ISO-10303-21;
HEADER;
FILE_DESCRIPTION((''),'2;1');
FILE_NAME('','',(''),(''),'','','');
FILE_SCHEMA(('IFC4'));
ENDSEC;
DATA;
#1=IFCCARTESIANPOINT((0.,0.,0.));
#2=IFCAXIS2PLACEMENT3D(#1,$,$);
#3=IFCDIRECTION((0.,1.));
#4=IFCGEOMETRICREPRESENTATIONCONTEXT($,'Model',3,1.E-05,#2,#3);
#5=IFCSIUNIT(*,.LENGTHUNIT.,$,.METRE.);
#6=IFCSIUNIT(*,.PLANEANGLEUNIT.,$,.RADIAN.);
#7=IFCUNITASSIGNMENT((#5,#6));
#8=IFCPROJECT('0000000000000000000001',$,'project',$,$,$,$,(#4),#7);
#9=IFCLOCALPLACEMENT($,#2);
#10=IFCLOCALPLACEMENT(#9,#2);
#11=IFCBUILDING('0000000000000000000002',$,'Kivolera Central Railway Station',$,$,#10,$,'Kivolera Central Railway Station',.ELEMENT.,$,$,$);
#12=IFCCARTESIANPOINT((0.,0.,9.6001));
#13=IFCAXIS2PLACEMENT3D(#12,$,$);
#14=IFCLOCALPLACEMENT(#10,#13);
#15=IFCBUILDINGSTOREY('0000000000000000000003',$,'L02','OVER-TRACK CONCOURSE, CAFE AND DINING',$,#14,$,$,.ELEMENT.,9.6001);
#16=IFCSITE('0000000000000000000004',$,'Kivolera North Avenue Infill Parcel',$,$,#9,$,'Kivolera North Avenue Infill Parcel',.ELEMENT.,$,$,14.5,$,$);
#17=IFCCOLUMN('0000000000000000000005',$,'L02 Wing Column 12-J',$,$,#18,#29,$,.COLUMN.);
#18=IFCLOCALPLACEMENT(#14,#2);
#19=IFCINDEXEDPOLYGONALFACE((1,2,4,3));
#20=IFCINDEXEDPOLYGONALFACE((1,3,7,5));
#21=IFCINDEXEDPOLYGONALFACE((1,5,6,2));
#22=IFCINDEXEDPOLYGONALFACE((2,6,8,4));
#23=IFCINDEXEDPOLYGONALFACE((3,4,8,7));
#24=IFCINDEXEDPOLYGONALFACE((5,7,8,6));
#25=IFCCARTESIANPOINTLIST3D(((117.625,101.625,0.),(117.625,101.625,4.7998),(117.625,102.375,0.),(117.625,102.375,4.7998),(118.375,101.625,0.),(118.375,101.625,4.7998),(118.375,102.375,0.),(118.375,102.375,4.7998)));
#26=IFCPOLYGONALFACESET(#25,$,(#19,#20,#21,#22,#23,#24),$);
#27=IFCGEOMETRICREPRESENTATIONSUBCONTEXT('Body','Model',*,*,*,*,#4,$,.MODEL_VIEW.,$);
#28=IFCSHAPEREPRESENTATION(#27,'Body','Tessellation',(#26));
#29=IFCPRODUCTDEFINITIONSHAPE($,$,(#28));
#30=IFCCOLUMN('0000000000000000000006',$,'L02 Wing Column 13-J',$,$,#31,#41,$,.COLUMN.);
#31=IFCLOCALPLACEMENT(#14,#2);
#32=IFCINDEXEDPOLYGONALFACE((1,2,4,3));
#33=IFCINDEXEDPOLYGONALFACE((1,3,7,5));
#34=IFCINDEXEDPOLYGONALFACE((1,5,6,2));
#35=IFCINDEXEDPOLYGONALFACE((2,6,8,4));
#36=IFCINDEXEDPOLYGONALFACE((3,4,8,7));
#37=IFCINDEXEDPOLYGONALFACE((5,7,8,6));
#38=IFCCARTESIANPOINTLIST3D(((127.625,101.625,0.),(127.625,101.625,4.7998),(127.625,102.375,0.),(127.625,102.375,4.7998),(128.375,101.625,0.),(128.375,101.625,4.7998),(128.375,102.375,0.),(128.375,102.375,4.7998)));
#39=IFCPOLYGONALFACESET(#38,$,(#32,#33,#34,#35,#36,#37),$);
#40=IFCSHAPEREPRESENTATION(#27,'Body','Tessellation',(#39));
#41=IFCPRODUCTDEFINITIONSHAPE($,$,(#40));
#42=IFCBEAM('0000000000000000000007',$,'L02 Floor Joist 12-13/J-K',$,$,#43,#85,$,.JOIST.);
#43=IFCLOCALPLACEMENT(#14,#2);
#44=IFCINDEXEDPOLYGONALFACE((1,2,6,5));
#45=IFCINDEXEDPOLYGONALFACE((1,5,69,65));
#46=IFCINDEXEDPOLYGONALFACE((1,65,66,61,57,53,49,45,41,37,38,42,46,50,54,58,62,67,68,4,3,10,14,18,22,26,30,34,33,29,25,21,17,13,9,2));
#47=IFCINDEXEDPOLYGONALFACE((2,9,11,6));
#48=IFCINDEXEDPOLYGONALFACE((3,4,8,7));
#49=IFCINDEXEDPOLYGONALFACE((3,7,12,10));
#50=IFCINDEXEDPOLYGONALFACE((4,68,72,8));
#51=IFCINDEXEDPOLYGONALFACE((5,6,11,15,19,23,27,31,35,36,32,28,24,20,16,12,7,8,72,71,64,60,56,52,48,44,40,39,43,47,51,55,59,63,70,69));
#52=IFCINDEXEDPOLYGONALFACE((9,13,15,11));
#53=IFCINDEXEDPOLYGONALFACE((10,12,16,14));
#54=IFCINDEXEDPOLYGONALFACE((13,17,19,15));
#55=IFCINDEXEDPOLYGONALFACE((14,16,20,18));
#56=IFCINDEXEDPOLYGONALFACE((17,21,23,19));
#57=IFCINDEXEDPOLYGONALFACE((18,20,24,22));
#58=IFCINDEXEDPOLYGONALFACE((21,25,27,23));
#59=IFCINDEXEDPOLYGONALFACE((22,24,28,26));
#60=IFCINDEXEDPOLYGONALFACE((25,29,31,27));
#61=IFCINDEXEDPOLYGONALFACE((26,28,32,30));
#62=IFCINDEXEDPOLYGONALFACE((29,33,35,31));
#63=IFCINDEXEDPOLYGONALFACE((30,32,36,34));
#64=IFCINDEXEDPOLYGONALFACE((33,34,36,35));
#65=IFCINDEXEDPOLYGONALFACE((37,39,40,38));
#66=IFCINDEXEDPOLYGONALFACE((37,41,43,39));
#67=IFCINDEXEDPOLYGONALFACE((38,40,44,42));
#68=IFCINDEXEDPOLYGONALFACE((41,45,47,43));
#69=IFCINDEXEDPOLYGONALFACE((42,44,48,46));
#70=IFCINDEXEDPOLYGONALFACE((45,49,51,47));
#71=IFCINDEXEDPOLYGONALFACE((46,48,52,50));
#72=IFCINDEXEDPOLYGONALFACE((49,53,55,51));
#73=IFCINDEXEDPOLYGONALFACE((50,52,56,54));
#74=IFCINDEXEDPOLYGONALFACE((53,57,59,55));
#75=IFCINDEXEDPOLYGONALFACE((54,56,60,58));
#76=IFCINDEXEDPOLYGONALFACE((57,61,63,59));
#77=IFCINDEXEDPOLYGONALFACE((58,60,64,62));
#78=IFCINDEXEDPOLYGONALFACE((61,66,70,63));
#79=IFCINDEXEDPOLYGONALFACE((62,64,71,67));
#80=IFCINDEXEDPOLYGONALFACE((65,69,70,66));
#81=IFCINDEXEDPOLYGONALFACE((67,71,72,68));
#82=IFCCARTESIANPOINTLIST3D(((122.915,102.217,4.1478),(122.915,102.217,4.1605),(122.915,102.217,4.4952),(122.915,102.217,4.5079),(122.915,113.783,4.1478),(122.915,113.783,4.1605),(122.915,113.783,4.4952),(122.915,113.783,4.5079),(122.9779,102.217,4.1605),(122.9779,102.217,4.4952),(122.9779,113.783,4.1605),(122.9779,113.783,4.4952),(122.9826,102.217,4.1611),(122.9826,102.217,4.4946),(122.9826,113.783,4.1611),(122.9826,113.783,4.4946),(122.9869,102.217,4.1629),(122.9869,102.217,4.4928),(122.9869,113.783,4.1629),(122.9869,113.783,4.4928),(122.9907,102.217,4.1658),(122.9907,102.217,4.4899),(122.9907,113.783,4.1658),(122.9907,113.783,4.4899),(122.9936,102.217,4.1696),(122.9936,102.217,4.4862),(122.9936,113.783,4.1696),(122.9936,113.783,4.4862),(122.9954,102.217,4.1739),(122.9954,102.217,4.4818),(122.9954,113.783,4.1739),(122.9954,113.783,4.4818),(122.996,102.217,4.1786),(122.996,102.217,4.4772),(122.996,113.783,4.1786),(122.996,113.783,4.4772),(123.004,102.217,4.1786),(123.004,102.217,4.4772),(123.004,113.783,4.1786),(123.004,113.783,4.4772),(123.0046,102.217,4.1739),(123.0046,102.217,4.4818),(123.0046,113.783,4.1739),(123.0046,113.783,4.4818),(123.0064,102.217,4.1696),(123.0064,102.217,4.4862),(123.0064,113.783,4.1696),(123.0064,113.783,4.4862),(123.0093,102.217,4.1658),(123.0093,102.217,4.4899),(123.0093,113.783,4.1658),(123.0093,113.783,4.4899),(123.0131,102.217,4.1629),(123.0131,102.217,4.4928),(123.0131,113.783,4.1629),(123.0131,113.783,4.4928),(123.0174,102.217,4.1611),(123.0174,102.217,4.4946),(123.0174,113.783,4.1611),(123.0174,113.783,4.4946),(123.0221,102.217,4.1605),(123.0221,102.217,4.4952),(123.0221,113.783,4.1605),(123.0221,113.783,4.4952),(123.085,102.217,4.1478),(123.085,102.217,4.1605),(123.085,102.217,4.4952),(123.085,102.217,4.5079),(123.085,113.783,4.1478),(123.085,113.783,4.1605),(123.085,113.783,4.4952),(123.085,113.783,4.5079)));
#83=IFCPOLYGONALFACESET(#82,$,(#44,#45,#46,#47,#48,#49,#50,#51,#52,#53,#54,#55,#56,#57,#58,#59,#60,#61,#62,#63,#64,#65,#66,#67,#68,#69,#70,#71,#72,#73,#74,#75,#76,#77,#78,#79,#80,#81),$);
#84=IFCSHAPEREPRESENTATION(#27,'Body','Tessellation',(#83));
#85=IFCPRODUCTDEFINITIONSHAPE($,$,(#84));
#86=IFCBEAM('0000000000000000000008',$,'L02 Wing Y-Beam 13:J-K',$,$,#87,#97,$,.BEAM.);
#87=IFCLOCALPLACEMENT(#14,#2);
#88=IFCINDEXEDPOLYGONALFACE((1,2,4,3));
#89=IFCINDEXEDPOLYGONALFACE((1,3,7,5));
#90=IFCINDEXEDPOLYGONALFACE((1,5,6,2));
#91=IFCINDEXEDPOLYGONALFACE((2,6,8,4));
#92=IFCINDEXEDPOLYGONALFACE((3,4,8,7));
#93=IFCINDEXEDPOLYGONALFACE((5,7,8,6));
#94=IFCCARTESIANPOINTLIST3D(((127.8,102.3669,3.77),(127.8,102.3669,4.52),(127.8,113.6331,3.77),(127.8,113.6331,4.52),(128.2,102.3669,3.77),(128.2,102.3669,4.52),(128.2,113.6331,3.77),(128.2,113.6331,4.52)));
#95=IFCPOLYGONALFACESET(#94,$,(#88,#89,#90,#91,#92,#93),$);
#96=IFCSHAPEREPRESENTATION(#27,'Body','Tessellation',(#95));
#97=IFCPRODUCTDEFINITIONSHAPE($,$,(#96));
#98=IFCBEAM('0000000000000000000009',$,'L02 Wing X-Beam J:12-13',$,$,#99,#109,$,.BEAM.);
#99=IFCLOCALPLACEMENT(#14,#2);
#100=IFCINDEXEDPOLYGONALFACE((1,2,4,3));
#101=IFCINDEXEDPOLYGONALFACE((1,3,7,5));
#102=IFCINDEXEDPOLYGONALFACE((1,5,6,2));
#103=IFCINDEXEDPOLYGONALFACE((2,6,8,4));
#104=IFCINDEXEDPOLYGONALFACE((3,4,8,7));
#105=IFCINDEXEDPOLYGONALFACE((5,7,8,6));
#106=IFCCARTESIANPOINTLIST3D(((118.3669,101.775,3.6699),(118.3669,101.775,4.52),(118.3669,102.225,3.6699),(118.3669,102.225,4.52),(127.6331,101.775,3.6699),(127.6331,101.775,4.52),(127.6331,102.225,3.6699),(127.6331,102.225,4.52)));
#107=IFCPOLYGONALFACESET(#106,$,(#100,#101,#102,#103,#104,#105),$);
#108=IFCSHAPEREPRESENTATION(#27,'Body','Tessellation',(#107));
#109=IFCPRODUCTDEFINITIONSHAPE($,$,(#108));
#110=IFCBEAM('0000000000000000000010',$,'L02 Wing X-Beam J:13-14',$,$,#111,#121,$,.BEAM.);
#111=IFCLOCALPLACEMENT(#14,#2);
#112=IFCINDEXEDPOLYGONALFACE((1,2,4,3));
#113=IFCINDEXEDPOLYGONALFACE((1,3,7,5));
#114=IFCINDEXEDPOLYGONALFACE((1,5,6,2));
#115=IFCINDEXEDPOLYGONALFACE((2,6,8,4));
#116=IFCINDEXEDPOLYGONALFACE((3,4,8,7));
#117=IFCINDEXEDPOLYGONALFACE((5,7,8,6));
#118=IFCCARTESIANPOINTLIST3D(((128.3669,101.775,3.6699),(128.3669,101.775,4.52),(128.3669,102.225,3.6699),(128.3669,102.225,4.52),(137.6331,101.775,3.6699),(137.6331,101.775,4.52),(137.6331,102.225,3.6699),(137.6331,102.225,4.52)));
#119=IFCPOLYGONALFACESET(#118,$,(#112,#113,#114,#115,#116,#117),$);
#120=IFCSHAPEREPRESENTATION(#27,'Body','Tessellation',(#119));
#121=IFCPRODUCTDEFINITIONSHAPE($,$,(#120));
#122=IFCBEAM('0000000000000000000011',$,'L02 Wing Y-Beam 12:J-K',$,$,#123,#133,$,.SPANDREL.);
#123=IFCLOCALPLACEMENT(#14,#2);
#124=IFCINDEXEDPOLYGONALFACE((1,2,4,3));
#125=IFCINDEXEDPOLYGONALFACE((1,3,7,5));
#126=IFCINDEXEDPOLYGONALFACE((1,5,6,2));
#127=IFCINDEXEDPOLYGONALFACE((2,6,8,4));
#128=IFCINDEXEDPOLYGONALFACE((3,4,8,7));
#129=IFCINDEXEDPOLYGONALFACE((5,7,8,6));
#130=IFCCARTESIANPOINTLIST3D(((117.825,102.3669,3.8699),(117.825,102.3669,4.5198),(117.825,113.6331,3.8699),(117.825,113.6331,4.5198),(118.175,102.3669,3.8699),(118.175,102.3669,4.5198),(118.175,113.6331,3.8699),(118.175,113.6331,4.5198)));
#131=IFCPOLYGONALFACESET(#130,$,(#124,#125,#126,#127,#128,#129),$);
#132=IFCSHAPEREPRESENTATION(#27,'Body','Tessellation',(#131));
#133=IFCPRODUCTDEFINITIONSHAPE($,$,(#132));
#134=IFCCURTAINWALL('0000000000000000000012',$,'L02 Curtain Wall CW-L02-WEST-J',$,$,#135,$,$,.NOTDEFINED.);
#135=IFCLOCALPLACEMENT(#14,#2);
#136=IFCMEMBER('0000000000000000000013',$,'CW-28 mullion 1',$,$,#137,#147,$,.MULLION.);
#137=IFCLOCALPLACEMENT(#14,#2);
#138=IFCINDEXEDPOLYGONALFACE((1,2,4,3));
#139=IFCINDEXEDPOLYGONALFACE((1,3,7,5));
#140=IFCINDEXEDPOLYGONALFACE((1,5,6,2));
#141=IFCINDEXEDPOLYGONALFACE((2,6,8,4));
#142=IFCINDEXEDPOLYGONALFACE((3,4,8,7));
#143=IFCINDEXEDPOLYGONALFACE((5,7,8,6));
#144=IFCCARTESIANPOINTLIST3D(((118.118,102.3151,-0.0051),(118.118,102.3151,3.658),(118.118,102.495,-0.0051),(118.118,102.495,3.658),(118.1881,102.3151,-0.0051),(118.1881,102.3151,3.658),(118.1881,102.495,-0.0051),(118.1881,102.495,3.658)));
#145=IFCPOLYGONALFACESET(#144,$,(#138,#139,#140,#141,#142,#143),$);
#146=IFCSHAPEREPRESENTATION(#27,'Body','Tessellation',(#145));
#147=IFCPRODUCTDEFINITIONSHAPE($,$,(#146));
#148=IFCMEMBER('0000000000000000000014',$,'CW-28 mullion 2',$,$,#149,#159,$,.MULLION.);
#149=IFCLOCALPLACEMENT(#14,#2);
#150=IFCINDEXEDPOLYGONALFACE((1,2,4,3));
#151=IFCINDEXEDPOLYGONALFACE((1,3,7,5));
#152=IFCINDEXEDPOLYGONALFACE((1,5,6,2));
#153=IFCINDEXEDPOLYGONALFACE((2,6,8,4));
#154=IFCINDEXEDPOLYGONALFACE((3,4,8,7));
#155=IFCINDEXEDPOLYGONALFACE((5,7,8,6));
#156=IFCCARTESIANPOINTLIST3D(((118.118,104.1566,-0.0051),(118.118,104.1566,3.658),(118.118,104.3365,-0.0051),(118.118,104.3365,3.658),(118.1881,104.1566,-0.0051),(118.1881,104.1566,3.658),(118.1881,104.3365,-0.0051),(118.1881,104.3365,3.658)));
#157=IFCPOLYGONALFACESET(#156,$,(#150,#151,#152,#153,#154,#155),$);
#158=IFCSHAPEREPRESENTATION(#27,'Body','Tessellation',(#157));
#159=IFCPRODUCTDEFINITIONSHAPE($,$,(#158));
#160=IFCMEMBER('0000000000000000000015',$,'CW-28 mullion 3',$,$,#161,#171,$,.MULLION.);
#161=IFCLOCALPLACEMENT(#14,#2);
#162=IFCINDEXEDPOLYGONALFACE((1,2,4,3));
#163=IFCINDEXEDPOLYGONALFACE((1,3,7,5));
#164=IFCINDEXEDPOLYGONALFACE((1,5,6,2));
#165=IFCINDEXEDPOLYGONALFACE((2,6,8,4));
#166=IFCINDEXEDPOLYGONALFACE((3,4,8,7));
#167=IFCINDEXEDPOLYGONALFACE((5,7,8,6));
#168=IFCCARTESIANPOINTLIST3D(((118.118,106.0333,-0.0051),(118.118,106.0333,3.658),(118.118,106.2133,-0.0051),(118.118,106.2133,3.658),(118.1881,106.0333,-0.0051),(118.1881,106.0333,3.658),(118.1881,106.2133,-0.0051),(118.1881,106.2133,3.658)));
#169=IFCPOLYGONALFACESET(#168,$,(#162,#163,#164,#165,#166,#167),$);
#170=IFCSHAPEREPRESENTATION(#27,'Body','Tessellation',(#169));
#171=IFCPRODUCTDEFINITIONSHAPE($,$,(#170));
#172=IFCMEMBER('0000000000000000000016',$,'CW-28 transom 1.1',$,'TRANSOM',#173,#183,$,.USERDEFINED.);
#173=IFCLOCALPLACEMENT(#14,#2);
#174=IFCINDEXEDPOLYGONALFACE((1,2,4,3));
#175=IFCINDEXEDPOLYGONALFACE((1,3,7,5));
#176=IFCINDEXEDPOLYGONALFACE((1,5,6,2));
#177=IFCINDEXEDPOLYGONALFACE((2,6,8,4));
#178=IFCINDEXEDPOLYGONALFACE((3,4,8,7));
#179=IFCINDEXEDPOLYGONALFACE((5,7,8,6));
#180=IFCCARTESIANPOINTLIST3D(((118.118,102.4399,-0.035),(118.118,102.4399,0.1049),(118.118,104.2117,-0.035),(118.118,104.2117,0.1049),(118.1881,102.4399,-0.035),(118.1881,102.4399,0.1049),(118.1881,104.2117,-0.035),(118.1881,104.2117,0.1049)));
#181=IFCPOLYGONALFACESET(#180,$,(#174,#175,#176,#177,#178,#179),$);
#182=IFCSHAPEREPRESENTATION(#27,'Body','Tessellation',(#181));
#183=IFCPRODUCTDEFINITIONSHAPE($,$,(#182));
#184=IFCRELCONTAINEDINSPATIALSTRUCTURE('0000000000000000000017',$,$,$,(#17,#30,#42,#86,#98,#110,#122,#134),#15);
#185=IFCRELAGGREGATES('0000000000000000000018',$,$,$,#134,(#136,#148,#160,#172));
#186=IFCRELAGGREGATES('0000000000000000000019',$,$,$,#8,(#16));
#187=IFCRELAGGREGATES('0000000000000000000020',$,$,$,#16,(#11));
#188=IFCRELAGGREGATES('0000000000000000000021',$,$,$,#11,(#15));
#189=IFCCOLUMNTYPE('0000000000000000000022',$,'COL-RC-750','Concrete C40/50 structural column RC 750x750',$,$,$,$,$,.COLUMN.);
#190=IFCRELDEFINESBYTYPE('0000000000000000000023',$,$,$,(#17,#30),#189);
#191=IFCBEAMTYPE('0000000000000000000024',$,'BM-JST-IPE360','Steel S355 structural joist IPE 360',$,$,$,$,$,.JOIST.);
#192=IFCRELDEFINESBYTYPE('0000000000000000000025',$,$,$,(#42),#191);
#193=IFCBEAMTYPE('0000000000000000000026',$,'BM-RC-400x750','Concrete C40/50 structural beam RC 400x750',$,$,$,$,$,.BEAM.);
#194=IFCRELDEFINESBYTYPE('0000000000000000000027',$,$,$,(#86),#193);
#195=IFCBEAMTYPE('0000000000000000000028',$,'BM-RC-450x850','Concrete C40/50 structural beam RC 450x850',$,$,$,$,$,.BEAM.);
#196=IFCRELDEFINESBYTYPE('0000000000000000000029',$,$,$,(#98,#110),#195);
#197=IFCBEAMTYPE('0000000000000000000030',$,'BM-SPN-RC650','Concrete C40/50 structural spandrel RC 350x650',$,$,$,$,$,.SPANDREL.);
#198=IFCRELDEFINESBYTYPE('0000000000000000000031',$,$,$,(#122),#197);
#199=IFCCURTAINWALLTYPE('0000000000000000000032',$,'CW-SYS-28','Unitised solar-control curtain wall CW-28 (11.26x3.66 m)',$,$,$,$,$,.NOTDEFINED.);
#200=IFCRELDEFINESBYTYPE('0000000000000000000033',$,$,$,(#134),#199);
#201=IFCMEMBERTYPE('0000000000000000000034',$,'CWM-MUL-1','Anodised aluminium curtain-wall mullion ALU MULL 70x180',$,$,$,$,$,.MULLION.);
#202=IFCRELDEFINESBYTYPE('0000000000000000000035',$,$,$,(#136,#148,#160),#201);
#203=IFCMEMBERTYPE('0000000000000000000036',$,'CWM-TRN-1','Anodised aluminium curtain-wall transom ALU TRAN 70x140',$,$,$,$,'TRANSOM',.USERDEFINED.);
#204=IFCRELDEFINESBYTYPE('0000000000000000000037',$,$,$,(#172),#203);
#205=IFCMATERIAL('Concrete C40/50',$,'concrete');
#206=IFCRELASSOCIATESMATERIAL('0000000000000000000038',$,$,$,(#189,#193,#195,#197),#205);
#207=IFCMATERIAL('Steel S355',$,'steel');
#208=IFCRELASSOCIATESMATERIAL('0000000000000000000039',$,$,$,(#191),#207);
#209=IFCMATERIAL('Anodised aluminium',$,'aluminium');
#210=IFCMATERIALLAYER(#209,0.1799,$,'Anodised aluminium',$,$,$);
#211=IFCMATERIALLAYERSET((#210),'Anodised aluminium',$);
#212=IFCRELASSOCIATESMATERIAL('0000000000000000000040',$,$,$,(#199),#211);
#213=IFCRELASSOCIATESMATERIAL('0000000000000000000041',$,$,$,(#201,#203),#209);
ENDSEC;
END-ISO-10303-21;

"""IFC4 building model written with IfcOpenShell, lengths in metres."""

from ifc_helpers import new_model, si_unit, direction, frame, origin, origin_2d, place, context, subcontext, project, spatial, rectangle, i_section, extrude, material, layer, layer_set, material_profile, profile_set, type_object, element, aggregate, save


model = new_model("IFC4")

# Units and contexts
model_context = context("Model", 3, precision=1e-05, world=origin(), true_north=direction((0.0, 1.0)))
body_context = subcontext(model_context, "Body", "Model", "MODEL_VIEW")
ifc_project = project(units=[si_unit("LENGTHUNIT", "METRE"), si_unit("PLANEANGLEUNIT", "RADIAN")], contexts=[model_context])

# Site, building, storey
site_placement = place(None, origin())
site = spatial("IfcSite", under=ifc_project, at=site_placement, Name="Kivolera North Avenue Infill Parcel", LongName="Kivolera North Avenue Infill Parcel", CompositionType="ELEMENT", RefElevation=14.5)
building_placement = place(site_placement, origin())
building = spatial("IfcBuilding", under=site, at=building_placement, Name="Kivolera Central Railway Station", LongName="Kivolera Central Railway Station", CompositionType="ELEMENT")
storey_placement = place(building_placement, frame((0.0, 0.0, 9.6001)))
storey = spatial("IfcBuildingStorey", under=building, at=storey_placement, Name="L02", Description="OVER-TRACK CONCOURSE, CAFE AND DINING", CompositionType="ELEMENT", Elevation=9.6001)

# Columns
ifc_material_1 = material(Name="Concrete C40/50", Category="concrete")
ifc_material_profile_1 = material_profile(ifc_material_1, rectangle(XDim=0.75, YDim=0.75, at=origin_2d()), Name="RC 750x750")
ifc_profile_set_1 = profile_set([ifc_material_profile_1], Name="Concrete C40/50")
column_type = type_object("IfcColumnType", Name="COL-RC-750", Description="Concrete C40/50 structural column RC 750x750", PredefinedType="COLUMN", material=ifc_profile_set_1)
for number, where, z_axis, x_axis, name in (
    (1, (118.0, 102.0, 0.0), (0.0, 0.0, 1.0), (1.0, 0.0, 0.0), "L02 Wing Column 12-J"),
    (2, (128.0, 102.0, 0.0), (0.0, 0.0, 1.0), (1.0, 0.0, 0.0), "L02 Wing Column 13-J"),
):
    element("IfcColumn", number, at=place(storey_placement, frame(where, z_axis=z_axis, x_axis=x_axis)), inside=storey, type_object=column_type, Name=name, PredefinedType="COLUMN", context=body_context, shape_type="SweptSolid", body=[
        extrude(rectangle(XDim=0.75, YDim=0.75, at=origin_2d()), origin(), (0.0, 0.0, 1.0), 4.7998),
    ])

# Beams
ifc_material_2 = material(Name="Steel S355", Category="steel")
ifc_material_profile_2 = material_profile(ifc_material_2, i_section(OverallWidth=0.1699, OverallDepth=0.3601, WebThickness=0.0081, FlangeThickness=0.0127, FilletRadius=0.0181, at=origin_2d()), Name="IPE 360")
ifc_profile_set_2 = profile_set([ifc_material_profile_2], Name="Steel S355")
beam_type_1 = type_object("IfcBeamType", Name="BM-JST-IPE360", Description="Steel S355 structural joist IPE 360", PredefinedType="JOIST", material=ifc_profile_set_2)
beam_1_placement = place(storey_placement, frame((123.0, 102.217, 4.3279), z_axis=(0.0, 1.0, 0.0), x_axis=(-1.0, 0.0, 0.0)))
element("IfcBeam", 3, at=beam_1_placement, inside=storey, type_object=beam_type_1, Name="L02 Floor Joist 12-13/J-K", PredefinedType="JOIST", context=body_context, shape_type="SweptSolid", body=[
    extrude(i_section(OverallWidth=0.1699, OverallDepth=0.3601, WebThickness=0.0081, FlangeThickness=0.0127, FilletRadius=0.0181, at=origin_2d()), origin(), (0.0, 0.0, 1.0), 11.5659),
])
ifc_material_profile_3 = material_profile(ifc_material_1, rectangle(XDim=0.3999, YDim=0.75, at=origin_2d()), Name="RC 400x750")
ifc_profile_set_3 = profile_set([ifc_material_profile_3], Name="Concrete C40/50")
beam_type_2 = type_object("IfcBeamType", Name="BM-RC-400x750", Description="Concrete C40/50 structural beam RC 400x750", PredefinedType="BEAM", material=ifc_profile_set_3)
beam_2_placement = place(storey_placement, frame((128.0, 102.3669, 4.145), z_axis=(0.0, 1.0, 0.0), x_axis=(-1.0, 0.0, 0.0)))
element("IfcBeam", 4, at=beam_2_placement, inside=storey, type_object=beam_type_2, Name="L02 Wing Y-Beam 13:J-K", PredefinedType="BEAM", context=body_context, shape_type="SweptSolid", body=[
    extrude(rectangle(XDim=0.3999, YDim=0.75, at=origin_2d()), origin(), (0.0, 0.0, 1.0), 11.2661),
])
ifc_material_profile_4 = material_profile(ifc_material_1, rectangle(XDim=0.45, YDim=0.8501, at=origin_2d()), Name="RC 450x850")
ifc_profile_set_4 = profile_set([ifc_material_profile_4], Name="Concrete C40/50")
beam_type_3 = type_object("IfcBeamType", Name="BM-RC-450x850", Description="Concrete C40/50 structural beam RC 450x850", PredefinedType="BEAM", material=ifc_profile_set_4)
for number, where, z_axis, x_axis, name in (
    (5, (118.3669, 102.0, 4.095), (1.0, 0.0, 0.0), (0.0, 1.0, 0.0), "L02 Wing X-Beam J:12-13"),
    (6, (128.3669, 102.0, 4.095), (1.0, 0.0, 0.0), (0.0, 1.0, 0.0), "L02 Wing X-Beam J:13-14"),
):
    element("IfcBeam", number, at=place(storey_placement, frame(where, z_axis=z_axis, x_axis=x_axis)), inside=storey, type_object=beam_type_3, Name=name, PredefinedType="BEAM", context=body_context, shape_type="SweptSolid", body=[
        extrude(rectangle(XDim=0.45, YDim=0.8501, at=origin_2d()), origin(), (0.0, 0.0, 1.0), 9.2661),
    ])
ifc_material_profile_5 = material_profile(ifc_material_1, rectangle(XDim=0.3501, YDim=0.6499, at=origin_2d()), Name="RC 350x650")
ifc_profile_set_5 = profile_set([ifc_material_profile_5], Name="Concrete C40/50")
beam_type_4 = type_object("IfcBeamType", Name="BM-SPN-RC650", Description="Concrete C40/50 structural spandrel RC 350x650", PredefinedType="SPANDREL", material=ifc_profile_set_5)
beam_3_placement = place(storey_placement, frame((118.0, 102.3669, 4.1948), z_axis=(0.0, 1.0, 0.0), x_axis=(-1.0, 0.0, 0.0)))
element("IfcBeam", 7, at=beam_3_placement, inside=storey, type_object=beam_type_4, Name="L02 Wing Y-Beam 12:J-K", PredefinedType="SPANDREL", context=body_context, shape_type="SweptSolid", body=[
    extrude(rectangle(XDim=0.3501, YDim=0.6499, at=origin_2d()), origin(), (0.0, 0.0, 1.0), 11.2661),
])

# Curtain wall, members
ifc_material_3 = material(Name="Anodised aluminium", Category="aluminium")
ifc_layer_1 = layer(ifc_material_3, 0.1799, Name="Anodised aluminium")
ifc_layer_set_1 = layer_set([ifc_layer_1], Name="Anodised aluminium")
curtain_wall_type_1 = type_object("IfcCurtainWallType", Name="CW-SYS-28", Description="Unitised solar-control curtain wall CW-28 (11.26x3.66 m)", PredefinedType="NOTDEFINED", material=ifc_layer_set_1)
curtain_wall_1_placement = place(storey_placement, origin())
curtain_wall_1 = element("IfcCurtainWall", 8, at=curtain_wall_1_placement, inside=storey, type_object=curtain_wall_type_1, Name="L02 Curtain Wall CW-L02-WEST-J", PredefinedType="NOTDEFINED")
ifc_material_profile_6 = material_profile(ifc_material_3, rectangle(XDim=0.0701, YDim=0.1799, at=origin_2d()), Name="ALU MULL 70x180")
ifc_profile_set_6 = profile_set([ifc_material_profile_6], Name="Anodised aluminium")
member_type_1 = type_object("IfcMemberType", Name="CWM-MUL-1", Description="Anodised aluminium curtain-wall mullion ALU MULL 70x180", PredefinedType="MULLION", material=ifc_profile_set_6)
member_1_placement = place(storey_placement, frame((118.1531, 102.405, -0.0051), z_axis=(0.0, 0.0, 1.0), x_axis=(-1.0, 0.0, 0.0)))
member_1 = element("IfcMember", 9, at=member_1_placement, type_object=member_type_1, Name="CW-28 mullion 1", PredefinedType="MULLION", context=body_context, shape_type="SweptSolid", body=[
    extrude(rectangle(XDim=0.0701, YDim=0.1799, at=origin_2d()), origin(), (0.0, 0.0, 1.0), 3.6631),
])
member_2_placement = place(storey_placement, frame((118.1531, 104.2466, -0.0051), z_axis=(0.0, 0.0, 1.0), x_axis=(-1.0, 0.0, 0.0)))
member_2 = element("IfcMember", 10, at=member_2_placement, type_object=member_type_1, Name="CW-28 mullion 2", PredefinedType="MULLION", context=body_context, shape_type="SweptSolid", body=[
    extrude(rectangle(XDim=0.0701, YDim=0.1799, at=origin_2d()), origin(), (0.0, 0.0, 1.0), 3.6631),
])
member_3_placement = place(storey_placement, frame((118.1531, 106.1233, -0.0051), z_axis=(0.0, 0.0, 1.0), x_axis=(-1.0, 0.0, 0.0)))
member_3 = element("IfcMember", 11, at=member_3_placement, type_object=member_type_1, Name="CW-28 mullion 3", PredefinedType="MULLION", context=body_context, shape_type="SweptSolid", body=[
    extrude(rectangle(XDim=0.0701, YDim=0.1799, at=origin_2d()), origin(), (0.0, 0.0, 1.0), 3.6631),
])
ifc_material_profile_7 = material_profile(ifc_material_3, rectangle(XDim=0.0701, YDim=0.1399, at=origin_2d()), Name="ALU TRAN 70x140")
ifc_profile_set_7 = profile_set([ifc_material_profile_7], Name="Anodised aluminium")
member_type_2 = type_object("IfcMemberType", Name="CWM-TRN-1", Description="Anodised aluminium curtain-wall transom ALU TRAN 70x140", ElementType="TRANSOM", PredefinedType="USERDEFINED", material=ifc_profile_set_7)
member_4_placement = place(storey_placement, frame((118.1531, 102.4399, 0.0349), z_axis=(0.0, 1.0, 0.0), x_axis=(-1.0, 0.0, 0.0)))
member_4 = element("IfcMember", 12, at=member_4_placement, type_object=member_type_2, Name="CW-28 transom 1.1", ObjectType="TRANSOM", PredefinedType="USERDEFINED", context=body_context, shape_type="SweptSolid", body=[
    extrude(rectangle(XDim=0.0701, YDim=0.1399, at=origin_2d()), origin(), (0.0, 0.0, 1.0), 1.7717),
])
aggregate(curtain_wall_1, [member_1, member_2, member_3, member_4])

save(model, "model.ifc")
